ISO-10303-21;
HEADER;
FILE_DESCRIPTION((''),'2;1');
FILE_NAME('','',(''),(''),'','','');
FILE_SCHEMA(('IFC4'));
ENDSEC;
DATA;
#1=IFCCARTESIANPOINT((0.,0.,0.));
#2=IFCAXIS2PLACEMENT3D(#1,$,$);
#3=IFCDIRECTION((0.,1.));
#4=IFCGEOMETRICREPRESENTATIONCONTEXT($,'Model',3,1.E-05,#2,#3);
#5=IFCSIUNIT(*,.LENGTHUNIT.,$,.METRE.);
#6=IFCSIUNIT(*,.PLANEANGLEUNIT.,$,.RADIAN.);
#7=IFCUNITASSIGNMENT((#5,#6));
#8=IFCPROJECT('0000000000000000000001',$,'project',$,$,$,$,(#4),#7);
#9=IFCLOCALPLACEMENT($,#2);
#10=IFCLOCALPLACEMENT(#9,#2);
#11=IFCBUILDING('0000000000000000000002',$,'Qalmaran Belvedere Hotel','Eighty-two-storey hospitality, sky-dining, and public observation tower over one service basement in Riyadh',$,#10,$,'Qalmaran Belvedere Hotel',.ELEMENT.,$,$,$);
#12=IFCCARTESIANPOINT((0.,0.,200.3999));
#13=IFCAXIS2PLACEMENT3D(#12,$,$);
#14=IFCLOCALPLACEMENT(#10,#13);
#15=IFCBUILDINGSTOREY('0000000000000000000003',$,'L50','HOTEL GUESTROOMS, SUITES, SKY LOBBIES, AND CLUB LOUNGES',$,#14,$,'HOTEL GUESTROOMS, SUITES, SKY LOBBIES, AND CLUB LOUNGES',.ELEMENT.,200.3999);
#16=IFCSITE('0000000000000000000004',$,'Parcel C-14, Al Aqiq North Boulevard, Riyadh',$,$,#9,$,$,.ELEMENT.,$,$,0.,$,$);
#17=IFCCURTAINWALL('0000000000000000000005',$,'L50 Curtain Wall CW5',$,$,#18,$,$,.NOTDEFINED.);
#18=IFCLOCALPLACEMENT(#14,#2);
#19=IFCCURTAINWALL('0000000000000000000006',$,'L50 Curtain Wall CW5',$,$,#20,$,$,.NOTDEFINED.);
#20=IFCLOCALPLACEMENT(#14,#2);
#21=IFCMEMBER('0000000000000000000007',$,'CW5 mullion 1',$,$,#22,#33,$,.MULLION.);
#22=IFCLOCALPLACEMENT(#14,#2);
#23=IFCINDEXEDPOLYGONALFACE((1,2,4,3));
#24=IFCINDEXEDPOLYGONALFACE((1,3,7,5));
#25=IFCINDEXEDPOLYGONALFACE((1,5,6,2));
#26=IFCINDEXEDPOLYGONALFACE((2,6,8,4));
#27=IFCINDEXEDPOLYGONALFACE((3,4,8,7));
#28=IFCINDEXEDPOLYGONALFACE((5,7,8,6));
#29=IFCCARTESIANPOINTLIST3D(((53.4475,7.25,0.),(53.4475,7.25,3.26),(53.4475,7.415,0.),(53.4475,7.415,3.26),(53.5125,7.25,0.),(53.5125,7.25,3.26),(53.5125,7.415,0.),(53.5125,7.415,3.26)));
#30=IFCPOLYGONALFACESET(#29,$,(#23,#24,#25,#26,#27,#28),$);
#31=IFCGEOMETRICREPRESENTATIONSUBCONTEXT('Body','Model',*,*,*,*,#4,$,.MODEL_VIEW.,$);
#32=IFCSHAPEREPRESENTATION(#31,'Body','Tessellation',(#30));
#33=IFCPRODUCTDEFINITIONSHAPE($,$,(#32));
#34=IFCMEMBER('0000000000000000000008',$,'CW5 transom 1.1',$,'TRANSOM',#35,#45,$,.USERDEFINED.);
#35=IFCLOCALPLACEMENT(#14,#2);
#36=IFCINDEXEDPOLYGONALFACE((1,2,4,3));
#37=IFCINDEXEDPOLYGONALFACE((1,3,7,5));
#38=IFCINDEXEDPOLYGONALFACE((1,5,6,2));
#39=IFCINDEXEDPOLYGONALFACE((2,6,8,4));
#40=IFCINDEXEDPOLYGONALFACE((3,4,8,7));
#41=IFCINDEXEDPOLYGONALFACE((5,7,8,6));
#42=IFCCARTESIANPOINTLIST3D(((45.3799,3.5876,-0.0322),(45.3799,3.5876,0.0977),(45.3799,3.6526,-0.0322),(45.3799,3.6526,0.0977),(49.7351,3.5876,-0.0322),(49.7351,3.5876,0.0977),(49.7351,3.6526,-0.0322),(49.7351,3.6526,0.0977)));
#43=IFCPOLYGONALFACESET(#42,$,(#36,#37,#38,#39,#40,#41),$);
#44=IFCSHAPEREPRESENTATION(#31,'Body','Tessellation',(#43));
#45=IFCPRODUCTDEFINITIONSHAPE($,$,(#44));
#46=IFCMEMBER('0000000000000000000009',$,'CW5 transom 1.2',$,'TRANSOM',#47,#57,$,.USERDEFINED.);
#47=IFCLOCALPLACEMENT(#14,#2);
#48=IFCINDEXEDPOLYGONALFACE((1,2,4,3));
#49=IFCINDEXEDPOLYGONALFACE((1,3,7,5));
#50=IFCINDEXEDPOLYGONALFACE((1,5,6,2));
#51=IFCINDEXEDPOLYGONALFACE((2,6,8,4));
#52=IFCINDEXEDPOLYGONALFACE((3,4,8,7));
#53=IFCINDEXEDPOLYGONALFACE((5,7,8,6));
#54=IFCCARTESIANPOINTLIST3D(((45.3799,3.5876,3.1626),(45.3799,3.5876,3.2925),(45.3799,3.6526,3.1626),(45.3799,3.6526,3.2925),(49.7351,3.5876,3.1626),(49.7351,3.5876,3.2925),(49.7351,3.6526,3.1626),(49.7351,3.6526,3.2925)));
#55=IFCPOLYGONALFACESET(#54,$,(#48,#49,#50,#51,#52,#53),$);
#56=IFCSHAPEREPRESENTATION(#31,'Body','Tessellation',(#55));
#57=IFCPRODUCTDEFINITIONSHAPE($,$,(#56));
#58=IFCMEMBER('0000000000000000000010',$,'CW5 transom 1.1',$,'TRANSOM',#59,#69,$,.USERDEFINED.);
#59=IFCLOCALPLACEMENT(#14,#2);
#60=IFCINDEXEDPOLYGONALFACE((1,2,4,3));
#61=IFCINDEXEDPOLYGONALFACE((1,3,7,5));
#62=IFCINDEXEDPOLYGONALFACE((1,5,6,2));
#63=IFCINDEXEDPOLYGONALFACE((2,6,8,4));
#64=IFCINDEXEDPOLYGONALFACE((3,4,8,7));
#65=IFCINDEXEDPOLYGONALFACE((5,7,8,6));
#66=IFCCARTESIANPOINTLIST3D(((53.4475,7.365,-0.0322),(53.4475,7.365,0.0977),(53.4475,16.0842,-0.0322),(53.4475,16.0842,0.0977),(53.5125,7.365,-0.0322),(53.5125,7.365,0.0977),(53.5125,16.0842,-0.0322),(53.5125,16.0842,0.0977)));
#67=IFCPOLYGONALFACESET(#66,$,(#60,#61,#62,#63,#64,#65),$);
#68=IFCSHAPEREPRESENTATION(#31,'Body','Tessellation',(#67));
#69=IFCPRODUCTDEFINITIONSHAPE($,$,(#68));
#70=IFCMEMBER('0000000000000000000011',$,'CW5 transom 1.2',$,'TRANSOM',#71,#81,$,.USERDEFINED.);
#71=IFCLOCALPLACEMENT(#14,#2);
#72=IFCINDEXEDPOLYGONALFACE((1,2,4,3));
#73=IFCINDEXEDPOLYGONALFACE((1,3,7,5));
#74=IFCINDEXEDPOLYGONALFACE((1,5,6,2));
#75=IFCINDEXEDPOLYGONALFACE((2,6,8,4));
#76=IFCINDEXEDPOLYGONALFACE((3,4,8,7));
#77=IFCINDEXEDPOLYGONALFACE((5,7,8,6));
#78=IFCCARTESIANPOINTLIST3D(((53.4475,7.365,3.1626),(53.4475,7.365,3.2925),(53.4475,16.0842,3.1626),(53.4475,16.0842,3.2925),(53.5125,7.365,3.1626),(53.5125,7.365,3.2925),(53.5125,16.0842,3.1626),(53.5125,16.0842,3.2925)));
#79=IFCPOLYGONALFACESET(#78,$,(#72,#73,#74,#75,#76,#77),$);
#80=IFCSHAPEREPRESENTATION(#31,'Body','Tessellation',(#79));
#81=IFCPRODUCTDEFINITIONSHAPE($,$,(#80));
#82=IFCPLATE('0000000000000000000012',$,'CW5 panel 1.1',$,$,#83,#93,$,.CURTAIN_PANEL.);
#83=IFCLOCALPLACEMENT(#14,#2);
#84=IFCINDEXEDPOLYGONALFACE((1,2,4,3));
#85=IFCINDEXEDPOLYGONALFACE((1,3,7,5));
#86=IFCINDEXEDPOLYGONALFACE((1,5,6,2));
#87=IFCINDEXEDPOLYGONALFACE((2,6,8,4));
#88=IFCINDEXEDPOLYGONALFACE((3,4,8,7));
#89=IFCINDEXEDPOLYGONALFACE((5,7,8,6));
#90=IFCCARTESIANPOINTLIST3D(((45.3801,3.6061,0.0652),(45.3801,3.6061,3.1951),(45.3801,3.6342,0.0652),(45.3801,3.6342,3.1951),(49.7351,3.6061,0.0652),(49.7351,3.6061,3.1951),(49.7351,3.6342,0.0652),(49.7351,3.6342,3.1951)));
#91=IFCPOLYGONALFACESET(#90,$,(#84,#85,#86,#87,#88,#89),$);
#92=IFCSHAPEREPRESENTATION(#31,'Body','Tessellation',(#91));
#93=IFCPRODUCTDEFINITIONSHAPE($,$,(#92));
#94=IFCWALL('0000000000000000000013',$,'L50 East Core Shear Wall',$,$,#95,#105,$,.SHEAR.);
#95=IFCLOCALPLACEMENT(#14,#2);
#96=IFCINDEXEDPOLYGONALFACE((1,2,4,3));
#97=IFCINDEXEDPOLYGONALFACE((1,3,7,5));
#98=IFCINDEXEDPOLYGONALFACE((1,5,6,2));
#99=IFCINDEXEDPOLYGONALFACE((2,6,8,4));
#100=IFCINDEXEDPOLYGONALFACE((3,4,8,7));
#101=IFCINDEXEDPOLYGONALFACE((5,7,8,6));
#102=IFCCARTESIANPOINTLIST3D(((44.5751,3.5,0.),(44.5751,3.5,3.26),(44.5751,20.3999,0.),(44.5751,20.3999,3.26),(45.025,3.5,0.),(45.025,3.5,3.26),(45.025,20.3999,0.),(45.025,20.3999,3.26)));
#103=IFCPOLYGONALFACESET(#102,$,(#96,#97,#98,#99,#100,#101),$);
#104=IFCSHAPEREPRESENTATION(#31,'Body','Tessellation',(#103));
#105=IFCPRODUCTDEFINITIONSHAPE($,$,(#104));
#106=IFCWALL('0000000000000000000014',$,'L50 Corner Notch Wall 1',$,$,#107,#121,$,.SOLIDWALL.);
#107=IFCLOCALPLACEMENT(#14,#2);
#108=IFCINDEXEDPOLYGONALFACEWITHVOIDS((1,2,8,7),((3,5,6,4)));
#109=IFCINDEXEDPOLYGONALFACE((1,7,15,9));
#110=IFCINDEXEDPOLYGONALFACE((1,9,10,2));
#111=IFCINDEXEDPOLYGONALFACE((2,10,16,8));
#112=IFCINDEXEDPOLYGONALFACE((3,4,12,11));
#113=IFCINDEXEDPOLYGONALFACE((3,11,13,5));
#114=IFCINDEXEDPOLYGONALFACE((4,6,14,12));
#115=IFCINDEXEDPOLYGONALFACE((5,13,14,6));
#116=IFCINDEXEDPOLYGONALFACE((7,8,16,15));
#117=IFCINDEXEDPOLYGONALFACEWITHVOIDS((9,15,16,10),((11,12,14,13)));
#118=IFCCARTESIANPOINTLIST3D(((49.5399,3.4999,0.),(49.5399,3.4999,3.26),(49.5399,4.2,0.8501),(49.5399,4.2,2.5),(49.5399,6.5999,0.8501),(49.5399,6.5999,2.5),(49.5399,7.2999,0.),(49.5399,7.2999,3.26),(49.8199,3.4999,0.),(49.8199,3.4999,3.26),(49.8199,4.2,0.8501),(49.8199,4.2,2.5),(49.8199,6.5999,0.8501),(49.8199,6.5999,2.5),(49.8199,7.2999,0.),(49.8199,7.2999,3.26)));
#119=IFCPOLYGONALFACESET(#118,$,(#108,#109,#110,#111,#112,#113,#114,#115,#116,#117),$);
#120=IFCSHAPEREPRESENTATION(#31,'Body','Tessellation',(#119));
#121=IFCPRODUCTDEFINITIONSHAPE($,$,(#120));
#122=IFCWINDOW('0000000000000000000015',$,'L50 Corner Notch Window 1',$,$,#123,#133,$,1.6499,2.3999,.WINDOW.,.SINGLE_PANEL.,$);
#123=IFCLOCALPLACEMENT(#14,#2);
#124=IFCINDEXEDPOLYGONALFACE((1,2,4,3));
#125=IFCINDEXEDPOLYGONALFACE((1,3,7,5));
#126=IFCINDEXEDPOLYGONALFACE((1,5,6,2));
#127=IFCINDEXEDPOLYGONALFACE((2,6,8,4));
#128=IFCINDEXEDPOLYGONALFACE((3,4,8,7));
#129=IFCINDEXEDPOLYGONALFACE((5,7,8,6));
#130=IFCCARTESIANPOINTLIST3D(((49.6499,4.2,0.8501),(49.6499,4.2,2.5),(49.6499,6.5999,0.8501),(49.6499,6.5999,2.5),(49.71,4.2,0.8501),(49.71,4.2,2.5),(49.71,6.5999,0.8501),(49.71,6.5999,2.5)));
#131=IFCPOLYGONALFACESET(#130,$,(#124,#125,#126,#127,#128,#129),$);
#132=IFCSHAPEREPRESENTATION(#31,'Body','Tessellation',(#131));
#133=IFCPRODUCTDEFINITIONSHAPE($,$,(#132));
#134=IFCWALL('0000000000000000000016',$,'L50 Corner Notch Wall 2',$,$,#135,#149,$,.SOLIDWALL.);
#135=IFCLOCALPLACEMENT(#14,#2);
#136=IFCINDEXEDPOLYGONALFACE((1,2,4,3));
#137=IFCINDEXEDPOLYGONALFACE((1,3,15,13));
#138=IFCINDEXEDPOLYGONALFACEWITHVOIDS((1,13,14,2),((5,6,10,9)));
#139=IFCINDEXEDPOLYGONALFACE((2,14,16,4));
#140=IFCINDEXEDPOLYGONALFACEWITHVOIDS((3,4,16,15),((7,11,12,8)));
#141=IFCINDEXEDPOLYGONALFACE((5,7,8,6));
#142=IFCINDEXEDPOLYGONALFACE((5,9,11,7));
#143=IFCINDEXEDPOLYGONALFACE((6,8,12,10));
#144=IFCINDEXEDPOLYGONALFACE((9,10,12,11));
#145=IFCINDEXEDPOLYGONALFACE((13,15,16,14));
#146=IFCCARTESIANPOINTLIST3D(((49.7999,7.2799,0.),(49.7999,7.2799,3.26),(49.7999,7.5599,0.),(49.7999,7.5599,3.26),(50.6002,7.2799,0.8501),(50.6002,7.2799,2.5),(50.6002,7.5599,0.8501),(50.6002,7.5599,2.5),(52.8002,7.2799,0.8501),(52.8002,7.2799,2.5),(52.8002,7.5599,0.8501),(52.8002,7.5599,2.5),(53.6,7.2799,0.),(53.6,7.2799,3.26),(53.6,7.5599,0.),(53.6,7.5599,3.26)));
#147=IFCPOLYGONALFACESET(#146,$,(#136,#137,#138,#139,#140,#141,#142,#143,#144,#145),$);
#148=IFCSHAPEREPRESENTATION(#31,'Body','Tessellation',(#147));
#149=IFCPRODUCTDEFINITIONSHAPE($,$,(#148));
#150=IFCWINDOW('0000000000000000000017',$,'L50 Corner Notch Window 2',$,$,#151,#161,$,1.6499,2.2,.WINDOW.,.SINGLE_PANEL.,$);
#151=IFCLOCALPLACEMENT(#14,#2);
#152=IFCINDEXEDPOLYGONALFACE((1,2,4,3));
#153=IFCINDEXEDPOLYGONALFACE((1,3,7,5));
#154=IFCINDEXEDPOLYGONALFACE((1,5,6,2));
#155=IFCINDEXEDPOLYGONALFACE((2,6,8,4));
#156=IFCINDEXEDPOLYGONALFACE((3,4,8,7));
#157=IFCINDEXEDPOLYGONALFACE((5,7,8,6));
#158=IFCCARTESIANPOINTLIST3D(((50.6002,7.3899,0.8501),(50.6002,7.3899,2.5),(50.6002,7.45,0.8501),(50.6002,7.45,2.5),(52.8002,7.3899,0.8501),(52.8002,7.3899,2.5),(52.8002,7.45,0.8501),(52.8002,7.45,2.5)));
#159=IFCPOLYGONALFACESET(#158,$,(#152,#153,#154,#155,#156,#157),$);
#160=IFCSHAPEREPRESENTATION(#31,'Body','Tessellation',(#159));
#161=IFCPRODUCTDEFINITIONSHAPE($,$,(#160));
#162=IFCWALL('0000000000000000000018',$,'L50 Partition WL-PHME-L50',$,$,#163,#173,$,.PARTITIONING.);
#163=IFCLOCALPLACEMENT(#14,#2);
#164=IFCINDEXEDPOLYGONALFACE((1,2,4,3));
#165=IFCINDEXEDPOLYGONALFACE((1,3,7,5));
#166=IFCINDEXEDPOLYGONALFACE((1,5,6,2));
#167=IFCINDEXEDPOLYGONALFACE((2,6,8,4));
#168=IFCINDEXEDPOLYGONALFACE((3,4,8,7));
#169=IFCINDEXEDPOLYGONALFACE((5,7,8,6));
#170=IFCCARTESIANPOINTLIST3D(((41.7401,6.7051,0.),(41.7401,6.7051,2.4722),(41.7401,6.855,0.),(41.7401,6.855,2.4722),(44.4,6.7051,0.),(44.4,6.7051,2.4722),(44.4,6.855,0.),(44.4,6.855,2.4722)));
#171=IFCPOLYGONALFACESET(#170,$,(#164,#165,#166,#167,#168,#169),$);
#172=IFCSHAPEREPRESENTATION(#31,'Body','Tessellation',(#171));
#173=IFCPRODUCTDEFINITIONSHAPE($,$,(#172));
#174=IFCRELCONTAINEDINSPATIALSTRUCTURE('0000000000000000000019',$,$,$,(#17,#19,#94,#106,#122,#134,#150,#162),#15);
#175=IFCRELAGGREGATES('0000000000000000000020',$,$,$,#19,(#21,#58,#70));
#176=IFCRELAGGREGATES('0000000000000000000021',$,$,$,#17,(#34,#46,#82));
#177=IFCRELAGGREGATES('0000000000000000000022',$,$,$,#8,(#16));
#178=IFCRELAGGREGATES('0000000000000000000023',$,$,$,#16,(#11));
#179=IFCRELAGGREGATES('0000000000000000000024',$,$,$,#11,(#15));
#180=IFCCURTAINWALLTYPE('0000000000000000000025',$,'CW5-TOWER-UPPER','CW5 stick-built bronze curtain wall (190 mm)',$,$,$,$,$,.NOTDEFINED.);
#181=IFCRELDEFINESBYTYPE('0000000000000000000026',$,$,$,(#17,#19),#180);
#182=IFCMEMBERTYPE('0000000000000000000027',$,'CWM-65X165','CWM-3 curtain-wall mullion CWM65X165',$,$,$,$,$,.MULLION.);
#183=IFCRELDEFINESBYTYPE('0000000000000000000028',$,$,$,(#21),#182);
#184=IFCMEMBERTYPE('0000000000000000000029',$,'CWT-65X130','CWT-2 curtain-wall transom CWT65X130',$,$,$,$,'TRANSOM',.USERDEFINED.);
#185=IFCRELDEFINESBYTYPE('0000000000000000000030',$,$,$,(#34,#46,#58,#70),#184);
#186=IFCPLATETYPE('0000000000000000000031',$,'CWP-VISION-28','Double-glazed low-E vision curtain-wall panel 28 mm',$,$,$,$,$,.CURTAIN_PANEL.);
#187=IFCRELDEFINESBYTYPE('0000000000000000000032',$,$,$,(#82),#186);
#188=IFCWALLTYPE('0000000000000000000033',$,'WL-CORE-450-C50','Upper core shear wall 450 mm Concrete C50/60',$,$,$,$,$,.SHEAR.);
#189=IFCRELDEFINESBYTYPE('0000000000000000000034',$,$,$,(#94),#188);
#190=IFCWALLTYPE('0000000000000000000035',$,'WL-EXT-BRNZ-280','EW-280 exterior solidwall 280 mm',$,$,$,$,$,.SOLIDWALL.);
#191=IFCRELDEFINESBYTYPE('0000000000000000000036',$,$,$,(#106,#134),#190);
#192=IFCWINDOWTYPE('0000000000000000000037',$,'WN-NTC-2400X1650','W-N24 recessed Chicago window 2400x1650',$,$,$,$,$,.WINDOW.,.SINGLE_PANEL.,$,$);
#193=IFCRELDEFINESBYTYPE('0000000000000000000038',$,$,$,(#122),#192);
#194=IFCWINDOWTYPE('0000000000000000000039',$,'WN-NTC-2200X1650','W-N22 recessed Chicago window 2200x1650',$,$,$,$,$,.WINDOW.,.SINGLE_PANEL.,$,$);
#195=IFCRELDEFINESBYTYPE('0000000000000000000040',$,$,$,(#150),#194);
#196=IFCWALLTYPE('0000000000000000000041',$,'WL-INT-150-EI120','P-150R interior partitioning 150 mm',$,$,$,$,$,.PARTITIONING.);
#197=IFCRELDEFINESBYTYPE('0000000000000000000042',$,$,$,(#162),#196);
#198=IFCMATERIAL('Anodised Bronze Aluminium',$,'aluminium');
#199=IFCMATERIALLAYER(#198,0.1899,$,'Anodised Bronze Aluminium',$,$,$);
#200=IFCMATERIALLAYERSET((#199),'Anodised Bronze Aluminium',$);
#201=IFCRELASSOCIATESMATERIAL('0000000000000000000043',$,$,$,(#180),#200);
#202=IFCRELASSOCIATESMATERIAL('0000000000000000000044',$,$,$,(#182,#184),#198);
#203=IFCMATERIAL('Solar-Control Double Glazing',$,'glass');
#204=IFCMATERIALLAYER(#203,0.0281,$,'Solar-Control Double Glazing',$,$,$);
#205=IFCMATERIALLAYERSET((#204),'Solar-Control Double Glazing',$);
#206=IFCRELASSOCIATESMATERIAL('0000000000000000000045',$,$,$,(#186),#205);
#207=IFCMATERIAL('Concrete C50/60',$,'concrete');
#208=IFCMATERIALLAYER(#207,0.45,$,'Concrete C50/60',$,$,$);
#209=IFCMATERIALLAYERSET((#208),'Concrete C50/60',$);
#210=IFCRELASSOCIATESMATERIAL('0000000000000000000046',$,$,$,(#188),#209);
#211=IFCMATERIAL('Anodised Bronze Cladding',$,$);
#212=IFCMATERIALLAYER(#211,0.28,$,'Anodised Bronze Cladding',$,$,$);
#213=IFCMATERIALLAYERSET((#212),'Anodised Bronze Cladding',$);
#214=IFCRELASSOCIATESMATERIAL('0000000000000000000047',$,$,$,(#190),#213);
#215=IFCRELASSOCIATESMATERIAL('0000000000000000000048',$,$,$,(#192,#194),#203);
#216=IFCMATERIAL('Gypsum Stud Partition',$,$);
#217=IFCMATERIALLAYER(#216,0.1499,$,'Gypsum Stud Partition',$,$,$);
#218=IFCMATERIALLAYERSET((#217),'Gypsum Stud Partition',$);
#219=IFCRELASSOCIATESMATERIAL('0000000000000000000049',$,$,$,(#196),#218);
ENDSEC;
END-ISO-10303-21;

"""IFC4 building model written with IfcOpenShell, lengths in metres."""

from ifc_helpers import new_model, si_unit, direction, frame, frame_2d, origin, origin_2d, place, context, subcontext, project, spatial, rectangle, extrude, material, layer, layer_set, material_profile, profile_set, type_object, element, fill, aggregate, save


model = new_model("IFC4")

# Units and contexts
model_context = context("Model", 3, precision=1e-05, world=origin(), true_north=direction((0.0, 1.0)))
body_context = subcontext(model_context, "Body", "Model", "MODEL_VIEW")
ifc_project = project(units=[si_unit("LENGTHUNIT", "METRE"), si_unit("PLANEANGLEUNIT", "RADIAN")], contexts=[model_context])

# Site, building, storey
site_placement = place(None, origin())
site = spatial("IfcSite", under=ifc_project, at=site_placement, Name="Parcel C-14, Al Aqiq North Boulevard, Riyadh", CompositionType="ELEMENT", RefElevation=0.0)
building_placement = place(site_placement, origin())
building = spatial("IfcBuilding", under=site, at=building_placement, Name="Qalmaran Belvedere Hotel", Description="Eighty-two-storey hospitality, sky-dining, and public observation tower over one service basement in Riyadh", LongName="Qalmaran Belvedere Hotel", CompositionType="ELEMENT")
storey_placement = place(building_placement, frame((0.0, 0.0, 200.3999)))
storey = spatial("IfcBuildingStorey", under=building, at=storey_placement, Name="L50", Description="HOTEL GUESTROOMS, SUITES, SKY LOBBIES, AND CLUB LOUNGES", LongName="HOTEL GUESTROOMS, SUITES, SKY LOBBIES, AND CLUB LOUNGES", CompositionType="ELEMENT", Elevation=200.3999)

# Shared definitions
ifc_material_1 = material(Name="Concrete C50/60", Category="concrete")

# Curtain wall
ifc_material_2 = material(Name="Anodised Bronze Aluminium", Category="aluminium")
ifc_layer_1 = layer(ifc_material_2, 0.1899, Name="Anodised Bronze Aluminium")
ifc_layer_set_1 = layer_set([ifc_layer_1], Name="Anodised Bronze Aluminium")
curtain_wall_type = type_object("IfcCurtainWallType", Name="CW5-TOWER-UPPER", Description="CW5 stick-built bronze curtain wall (190 mm)", PredefinedType="NOTDEFINED", material=ifc_layer_set_1)
curtain_wall_1_placement = place(storey_placement, origin())
curtain_wall_1 = element("IfcCurtainWall", 1, at=curtain_wall_1_placement, inside=storey, type_object=curtain_wall_type, Name="L50 Curtain Wall CW5", PredefinedType="NOTDEFINED")
ifc_material_profile_1 = material_profile(ifc_material_2, rectangle(XDim=0.0649, YDim=0.165, at=origin_2d()), Name="CWM65X165")
ifc_profile_set_1 = profile_set([ifc_material_profile_1], Name="Anodised Bronze Aluminium")
member_type_1 = type_object("IfcMemberType", Name="CWM-65X165", Description="CWM-3 curtain-wall mullion CWM65X165", PredefinedType="MULLION", material=ifc_profile_set_1)

# Curtain wall, member
curtain_wall_2_placement = place(storey_placement, origin())
curtain_wall_2 = element("IfcCurtainWall", 2, at=curtain_wall_2_placement, inside=storey, type_object=curtain_wall_type, Name="L50 Curtain Wall CW5", PredefinedType="NOTDEFINED")
member_1_placement = place(storey_placement, frame((53.48, 7.3325, 0.0), z_axis=(0.0, 0.0, 1.0), x_axis=(-1.0, 0.0, 0.0)))
member_1 = element("IfcMember", 3, at=member_1_placement, type_object=member_type_1, Name="CW5 mullion 1", PredefinedType="MULLION", context=body_context, shape_type="SweptSolid", body=[
    extrude(rectangle(XDim=0.0649, YDim=0.165, at=origin_2d()), origin(), (0.0, 0.0, 1.0), 3.26),
])

# Members
ifc_material_profile_2 = material_profile(ifc_material_2, rectangle(XDim=0.0649, YDim=0.1299, at=origin_2d()), Name="CWT65X130")
ifc_profile_set_2 = profile_set([ifc_material_profile_2], Name="Anodised Bronze Aluminium")
member_type_2 = type_object("IfcMemberType", Name="CWT-65X130", Description="CWT-2 curtain-wall transom CWT65X130", ElementType="TRANSOM", PredefinedType="USERDEFINED", material=ifc_profile_set_2)
member_2_placement = place(storey_placement, frame((45.3799, 3.6201, 0.0327), z_axis=(1.0, 0.0, 0.0), x_axis=(0.0, 1.0, 0.0)))
member_2 = element("IfcMember", 4, at=member_2_placement, type_object=member_type_2, Name="CW5 transom 1.1", ObjectType="TRANSOM", PredefinedType="USERDEFINED", context=body_context, shape_type="SweptSolid", body=[
    extrude(rectangle(XDim=0.0649, YDim=0.1299, at=origin_2d()), origin(), (0.0, 0.0, 1.0), 4.3552),
])
member_3_placement = place(storey_placement, frame((45.3799, 3.6201, 3.2275), z_axis=(1.0, 0.0, 0.0), x_axis=(0.0, 1.0, 0.0)))
member_3 = element("IfcMember", 5, at=member_3_placement, type_object=member_type_2, Name="CW5 transom 1.2", ObjectType="TRANSOM", PredefinedType="USERDEFINED", context=body_context, shape_type="SweptSolid", body=[
    extrude(rectangle(XDim=0.0649, YDim=0.1299, at=origin_2d()), origin(), (0.0, 0.0, 1.0), 4.3552),
])
member_4_placement = place(storey_placement, frame((53.48, 7.365, 0.0327), z_axis=(0.0, 1.0, 0.0), x_axis=(-1.0, 0.0, 0.0)))
member_4 = element("IfcMember", 6, at=member_4_placement, type_object=member_type_2, Name="CW5 transom 1.1", ObjectType="TRANSOM", PredefinedType="USERDEFINED", context=body_context, shape_type="SweptSolid", body=[
    extrude(rectangle(XDim=0.0649, YDim=0.1299, at=origin_2d()), origin(), (0.0, 0.0, 1.0), 8.7192),
])
member_5_placement = place(storey_placement, frame((53.48, 7.365, 3.2275), z_axis=(0.0, 1.0, 0.0), x_axis=(-1.0, 0.0, 0.0)))
member_5 = element("IfcMember", 7, at=member_5_placement, type_object=member_type_2, Name="CW5 transom 1.2", ObjectType="TRANSOM", PredefinedType="USERDEFINED", context=body_context, shape_type="SweptSolid", body=[
    extrude(rectangle(XDim=0.0649, YDim=0.1299, at=origin_2d()), origin(), (0.0, 0.0, 1.0), 8.7192),
])
aggregate(curtain_wall_2, [member_1, member_4, member_5])

# Plate
ifc_material_3 = material(Name="Solar-Control Double Glazing", Category="glass")
ifc_layer_2 = layer(ifc_material_3, 0.0281, Name="Solar-Control Double Glazing")
ifc_layer_set_2 = layer_set([ifc_layer_2], Name="Solar-Control Double Glazing")
plate_type = type_object("IfcPlateType", Name="CWP-VISION-28", Description="Double-glazed low-E vision curtain-wall panel 28 mm", PredefinedType="CURTAIN_PANEL", material=ifc_layer_set_2)
plate_placement = place(storey_placement, frame((47.5576, 3.6201, 0.0652), z_axis=(0.0, 0.0, 1.0), x_axis=(1.0, 0.0, 0.0)))
plate = element("IfcPlate", 8, at=plate_placement, type_object=plate_type, Name="CW5 panel 1.1", PredefinedType="CURTAIN_PANEL", context=body_context, shape_type="SweptSolid", body=[
    extrude(rectangle(XDim=4.355, YDim=0.0281, at=origin_2d()), origin(), (0.0, 0.0, 1.0), 3.1299),
])
aggregate(curtain_wall_1, [member_2, member_3, plate])

# Wall
ifc_layer_3 = layer(ifc_material_1, 0.45, Name="Concrete C50/60")
ifc_layer_set_3 = layer_set([ifc_layer_3], Name="Concrete C50/60")
wall_type_1 = type_object("IfcWallType", Name="WL-CORE-450-C50", Description="Upper core shear wall 450 mm Concrete C50/60", PredefinedType="SHEAR", material=ifc_layer_set_3)
wall_1_placement = place(storey_placement, frame((44.8, 3.5, 0.0), z_axis=(0.0, 0.0, 1.0), x_axis=(0.0, 1.0, 0.0)))
element("IfcWall", 9, at=wall_1_placement, inside=storey, type_object=wall_type_1, Name="L50 East Core Shear Wall", PredefinedType="SHEAR", context=body_context, shape_type="SweptSolid", body=[
    extrude(rectangle(XDim=16.8999, YDim=0.45, at=frame_2d((8.45, 0.0))), origin(), (0.0, 0.0, 1.0), 3.26),
])

# Walls, openings, windows
ifc_material_4 = material(Name="Anodised Bronze Cladding")
ifc_layer_4 = layer(ifc_material_4, 0.28, Name="Anodised Bronze Cladding")
ifc_layer_set_4 = layer_set([ifc_layer_4], Name="Anodised Bronze Cladding")
wall_type_2 = type_object("IfcWallType", Name="WL-EXT-BRNZ-280", Description="EW-280 exterior solidwall 280 mm", PredefinedType="SOLIDWALL", material=ifc_layer_set_4)
wall_2_placement = place(storey_placement, frame((49.6799, 3.5, 0.0), z_axis=(0.0, 0.0, 1.0), x_axis=(0.0, 1.0, 0.0)))
wall_2 = element("IfcWall", 10, at=wall_2_placement, inside=storey, type_object=wall_type_2, Name="L50 Corner Notch Wall 1", PredefinedType="SOLIDWALL", context=body_context, shape_type="SweptSolid", body=[
    extrude(rectangle(XDim=3.8, YDim=0.28, at=frame_2d((1.8999, 0.0))), origin(), (0.0, 0.0, 1.0), 3.26),
])
opening_1_placement = place(wall_2_placement, frame((0.7, 0.0, 0.8501)))
opening_1 = element("IfcOpeningElement", 11, at=opening_1_placement, cuts=wall_2, PredefinedType="OPENING", context=body_context, shape_type="SweptSolid", body=[
    extrude(rectangle(XDim=2.3999, YDim=1.6499, at=frame_2d((1.2, 0.825))), frame((0.0, 0.1499, 0.0), z_axis=(0.0, -1.0, 0.0), x_axis=(1.0, 0.0, 0.0)), (0.0, 0.0, 1.0), 0.3),
])
window_type_1 = type_object("IfcWindowType", Name="WN-NTC-2400X1650", Description="W-N24 recessed Chicago window 2400x1650", PartitioningType="SINGLE_PANEL", PredefinedType="WINDOW", material=ifc_material_3)
window_1_placement = place(opening_1_placement, origin())
window_1 = element("IfcWindow", 12, at=window_1_placement, inside=storey, type_object=window_type_1, Name="L50 Corner Notch Window 1", OverallHeight=1.6499, OverallWidth=2.3999, PartitioningType="SINGLE_PANEL", PredefinedType="WINDOW", context=body_context, shape_type="SweptSolid", body=[
    extrude(rectangle(XDim=2.3999, YDim=1.6499, at=frame_2d((1.2, 0.825))), frame((0.0, 0.03, 0.0), z_axis=(0.0, -1.0, 0.0), x_axis=(1.0, 0.0, 0.0)), (0.0, 0.0, 1.0), 0.0601),
])
fill(opening_1, window_1)
wall_3_placement = place(storey_placement, frame((49.8, 7.4199, 0.0), z_axis=(0.0, 0.0, 1.0), x_axis=(1.0, 0.0, 0.0)))
wall_3 = element("IfcWall", 13, at=wall_3_placement, inside=storey, type_object=wall_type_2, Name="L50 Corner Notch Wall 2", PredefinedType="SOLIDWALL", context=body_context, shape_type="SweptSolid", body=[
    extrude(rectangle(XDim=3.8, YDim=0.28, at=frame_2d((1.8999, 0.0))), origin(), (0.0, 0.0, 1.0), 3.26),
])
opening_2_placement = place(wall_3_placement, frame((0.8, 0.0, 0.8501)))
opening_2 = element("IfcOpeningElement", 14, at=opening_2_placement, cuts=wall_3, PredefinedType="OPENING", context=body_context, shape_type="SweptSolid", body=[
    extrude(rectangle(XDim=2.2, YDim=1.6499, at=frame_2d((1.1001, 0.825))), frame((0.0, 0.1499, 0.0), z_axis=(0.0, -1.0, 0.0), x_axis=(1.0, 0.0, 0.0)), (0.0, 0.0, 1.0), 0.3),
])
window_type_2 = type_object("IfcWindowType", Name="WN-NTC-2200X1650", Description="W-N22 recessed Chicago window 2200x1650", PartitioningType="SINGLE_PANEL", PredefinedType="WINDOW", material=ifc_material_3)
window_2_placement = place(opening_2_placement, origin())
window_2 = element("IfcWindow", 15, at=window_2_placement, inside=storey, type_object=window_type_2, Name="L50 Corner Notch Window 2", OverallHeight=1.6499, OverallWidth=2.2, PartitioningType="SINGLE_PANEL", PredefinedType="WINDOW", context=body_context, shape_type="SweptSolid", body=[
    extrude(rectangle(XDim=2.2, YDim=1.6499, at=frame_2d((1.1001, 0.825))), frame((0.0, 0.03, 0.0), z_axis=(0.0, -1.0, 0.0), x_axis=(1.0, 0.0, 0.0)), (0.0, 0.0, 1.0), 0.0601),
])
fill(opening_2, window_2)

# Wall
ifc_material_5 = material(Name="Gypsum Stud Partition")
ifc_layer_5 = layer(ifc_material_5, 0.1499, Name="Gypsum Stud Partition")
ifc_layer_set_5 = layer_set([ifc_layer_5], Name="Gypsum Stud Partition")
wall_type_3 = type_object("IfcWallType", Name="WL-INT-150-EI120", Description="P-150R interior partitioning 150 mm", PredefinedType="PARTITIONING", material=ifc_layer_set_5)
wall_4_placement = place(storey_placement, frame((41.74, 6.78, 0.0), z_axis=(0.0, 0.0, 1.0), x_axis=(1.0, 0.0, 0.0)))
element("IfcWall", 16, at=wall_4_placement, inside=storey, type_object=wall_type_3, Name="L50 Partition WL-PHME-L50", PredefinedType="PARTITIONING", context=body_context, shape_type="SweptSolid", body=[
    extrude(rectangle(XDim=2.6599, YDim=0.1499, at=frame_2d((1.3301, 0.0))), origin(), (0.0, 0.0, 1.0), 2.4722),
])

save(model, "model.ifc")
